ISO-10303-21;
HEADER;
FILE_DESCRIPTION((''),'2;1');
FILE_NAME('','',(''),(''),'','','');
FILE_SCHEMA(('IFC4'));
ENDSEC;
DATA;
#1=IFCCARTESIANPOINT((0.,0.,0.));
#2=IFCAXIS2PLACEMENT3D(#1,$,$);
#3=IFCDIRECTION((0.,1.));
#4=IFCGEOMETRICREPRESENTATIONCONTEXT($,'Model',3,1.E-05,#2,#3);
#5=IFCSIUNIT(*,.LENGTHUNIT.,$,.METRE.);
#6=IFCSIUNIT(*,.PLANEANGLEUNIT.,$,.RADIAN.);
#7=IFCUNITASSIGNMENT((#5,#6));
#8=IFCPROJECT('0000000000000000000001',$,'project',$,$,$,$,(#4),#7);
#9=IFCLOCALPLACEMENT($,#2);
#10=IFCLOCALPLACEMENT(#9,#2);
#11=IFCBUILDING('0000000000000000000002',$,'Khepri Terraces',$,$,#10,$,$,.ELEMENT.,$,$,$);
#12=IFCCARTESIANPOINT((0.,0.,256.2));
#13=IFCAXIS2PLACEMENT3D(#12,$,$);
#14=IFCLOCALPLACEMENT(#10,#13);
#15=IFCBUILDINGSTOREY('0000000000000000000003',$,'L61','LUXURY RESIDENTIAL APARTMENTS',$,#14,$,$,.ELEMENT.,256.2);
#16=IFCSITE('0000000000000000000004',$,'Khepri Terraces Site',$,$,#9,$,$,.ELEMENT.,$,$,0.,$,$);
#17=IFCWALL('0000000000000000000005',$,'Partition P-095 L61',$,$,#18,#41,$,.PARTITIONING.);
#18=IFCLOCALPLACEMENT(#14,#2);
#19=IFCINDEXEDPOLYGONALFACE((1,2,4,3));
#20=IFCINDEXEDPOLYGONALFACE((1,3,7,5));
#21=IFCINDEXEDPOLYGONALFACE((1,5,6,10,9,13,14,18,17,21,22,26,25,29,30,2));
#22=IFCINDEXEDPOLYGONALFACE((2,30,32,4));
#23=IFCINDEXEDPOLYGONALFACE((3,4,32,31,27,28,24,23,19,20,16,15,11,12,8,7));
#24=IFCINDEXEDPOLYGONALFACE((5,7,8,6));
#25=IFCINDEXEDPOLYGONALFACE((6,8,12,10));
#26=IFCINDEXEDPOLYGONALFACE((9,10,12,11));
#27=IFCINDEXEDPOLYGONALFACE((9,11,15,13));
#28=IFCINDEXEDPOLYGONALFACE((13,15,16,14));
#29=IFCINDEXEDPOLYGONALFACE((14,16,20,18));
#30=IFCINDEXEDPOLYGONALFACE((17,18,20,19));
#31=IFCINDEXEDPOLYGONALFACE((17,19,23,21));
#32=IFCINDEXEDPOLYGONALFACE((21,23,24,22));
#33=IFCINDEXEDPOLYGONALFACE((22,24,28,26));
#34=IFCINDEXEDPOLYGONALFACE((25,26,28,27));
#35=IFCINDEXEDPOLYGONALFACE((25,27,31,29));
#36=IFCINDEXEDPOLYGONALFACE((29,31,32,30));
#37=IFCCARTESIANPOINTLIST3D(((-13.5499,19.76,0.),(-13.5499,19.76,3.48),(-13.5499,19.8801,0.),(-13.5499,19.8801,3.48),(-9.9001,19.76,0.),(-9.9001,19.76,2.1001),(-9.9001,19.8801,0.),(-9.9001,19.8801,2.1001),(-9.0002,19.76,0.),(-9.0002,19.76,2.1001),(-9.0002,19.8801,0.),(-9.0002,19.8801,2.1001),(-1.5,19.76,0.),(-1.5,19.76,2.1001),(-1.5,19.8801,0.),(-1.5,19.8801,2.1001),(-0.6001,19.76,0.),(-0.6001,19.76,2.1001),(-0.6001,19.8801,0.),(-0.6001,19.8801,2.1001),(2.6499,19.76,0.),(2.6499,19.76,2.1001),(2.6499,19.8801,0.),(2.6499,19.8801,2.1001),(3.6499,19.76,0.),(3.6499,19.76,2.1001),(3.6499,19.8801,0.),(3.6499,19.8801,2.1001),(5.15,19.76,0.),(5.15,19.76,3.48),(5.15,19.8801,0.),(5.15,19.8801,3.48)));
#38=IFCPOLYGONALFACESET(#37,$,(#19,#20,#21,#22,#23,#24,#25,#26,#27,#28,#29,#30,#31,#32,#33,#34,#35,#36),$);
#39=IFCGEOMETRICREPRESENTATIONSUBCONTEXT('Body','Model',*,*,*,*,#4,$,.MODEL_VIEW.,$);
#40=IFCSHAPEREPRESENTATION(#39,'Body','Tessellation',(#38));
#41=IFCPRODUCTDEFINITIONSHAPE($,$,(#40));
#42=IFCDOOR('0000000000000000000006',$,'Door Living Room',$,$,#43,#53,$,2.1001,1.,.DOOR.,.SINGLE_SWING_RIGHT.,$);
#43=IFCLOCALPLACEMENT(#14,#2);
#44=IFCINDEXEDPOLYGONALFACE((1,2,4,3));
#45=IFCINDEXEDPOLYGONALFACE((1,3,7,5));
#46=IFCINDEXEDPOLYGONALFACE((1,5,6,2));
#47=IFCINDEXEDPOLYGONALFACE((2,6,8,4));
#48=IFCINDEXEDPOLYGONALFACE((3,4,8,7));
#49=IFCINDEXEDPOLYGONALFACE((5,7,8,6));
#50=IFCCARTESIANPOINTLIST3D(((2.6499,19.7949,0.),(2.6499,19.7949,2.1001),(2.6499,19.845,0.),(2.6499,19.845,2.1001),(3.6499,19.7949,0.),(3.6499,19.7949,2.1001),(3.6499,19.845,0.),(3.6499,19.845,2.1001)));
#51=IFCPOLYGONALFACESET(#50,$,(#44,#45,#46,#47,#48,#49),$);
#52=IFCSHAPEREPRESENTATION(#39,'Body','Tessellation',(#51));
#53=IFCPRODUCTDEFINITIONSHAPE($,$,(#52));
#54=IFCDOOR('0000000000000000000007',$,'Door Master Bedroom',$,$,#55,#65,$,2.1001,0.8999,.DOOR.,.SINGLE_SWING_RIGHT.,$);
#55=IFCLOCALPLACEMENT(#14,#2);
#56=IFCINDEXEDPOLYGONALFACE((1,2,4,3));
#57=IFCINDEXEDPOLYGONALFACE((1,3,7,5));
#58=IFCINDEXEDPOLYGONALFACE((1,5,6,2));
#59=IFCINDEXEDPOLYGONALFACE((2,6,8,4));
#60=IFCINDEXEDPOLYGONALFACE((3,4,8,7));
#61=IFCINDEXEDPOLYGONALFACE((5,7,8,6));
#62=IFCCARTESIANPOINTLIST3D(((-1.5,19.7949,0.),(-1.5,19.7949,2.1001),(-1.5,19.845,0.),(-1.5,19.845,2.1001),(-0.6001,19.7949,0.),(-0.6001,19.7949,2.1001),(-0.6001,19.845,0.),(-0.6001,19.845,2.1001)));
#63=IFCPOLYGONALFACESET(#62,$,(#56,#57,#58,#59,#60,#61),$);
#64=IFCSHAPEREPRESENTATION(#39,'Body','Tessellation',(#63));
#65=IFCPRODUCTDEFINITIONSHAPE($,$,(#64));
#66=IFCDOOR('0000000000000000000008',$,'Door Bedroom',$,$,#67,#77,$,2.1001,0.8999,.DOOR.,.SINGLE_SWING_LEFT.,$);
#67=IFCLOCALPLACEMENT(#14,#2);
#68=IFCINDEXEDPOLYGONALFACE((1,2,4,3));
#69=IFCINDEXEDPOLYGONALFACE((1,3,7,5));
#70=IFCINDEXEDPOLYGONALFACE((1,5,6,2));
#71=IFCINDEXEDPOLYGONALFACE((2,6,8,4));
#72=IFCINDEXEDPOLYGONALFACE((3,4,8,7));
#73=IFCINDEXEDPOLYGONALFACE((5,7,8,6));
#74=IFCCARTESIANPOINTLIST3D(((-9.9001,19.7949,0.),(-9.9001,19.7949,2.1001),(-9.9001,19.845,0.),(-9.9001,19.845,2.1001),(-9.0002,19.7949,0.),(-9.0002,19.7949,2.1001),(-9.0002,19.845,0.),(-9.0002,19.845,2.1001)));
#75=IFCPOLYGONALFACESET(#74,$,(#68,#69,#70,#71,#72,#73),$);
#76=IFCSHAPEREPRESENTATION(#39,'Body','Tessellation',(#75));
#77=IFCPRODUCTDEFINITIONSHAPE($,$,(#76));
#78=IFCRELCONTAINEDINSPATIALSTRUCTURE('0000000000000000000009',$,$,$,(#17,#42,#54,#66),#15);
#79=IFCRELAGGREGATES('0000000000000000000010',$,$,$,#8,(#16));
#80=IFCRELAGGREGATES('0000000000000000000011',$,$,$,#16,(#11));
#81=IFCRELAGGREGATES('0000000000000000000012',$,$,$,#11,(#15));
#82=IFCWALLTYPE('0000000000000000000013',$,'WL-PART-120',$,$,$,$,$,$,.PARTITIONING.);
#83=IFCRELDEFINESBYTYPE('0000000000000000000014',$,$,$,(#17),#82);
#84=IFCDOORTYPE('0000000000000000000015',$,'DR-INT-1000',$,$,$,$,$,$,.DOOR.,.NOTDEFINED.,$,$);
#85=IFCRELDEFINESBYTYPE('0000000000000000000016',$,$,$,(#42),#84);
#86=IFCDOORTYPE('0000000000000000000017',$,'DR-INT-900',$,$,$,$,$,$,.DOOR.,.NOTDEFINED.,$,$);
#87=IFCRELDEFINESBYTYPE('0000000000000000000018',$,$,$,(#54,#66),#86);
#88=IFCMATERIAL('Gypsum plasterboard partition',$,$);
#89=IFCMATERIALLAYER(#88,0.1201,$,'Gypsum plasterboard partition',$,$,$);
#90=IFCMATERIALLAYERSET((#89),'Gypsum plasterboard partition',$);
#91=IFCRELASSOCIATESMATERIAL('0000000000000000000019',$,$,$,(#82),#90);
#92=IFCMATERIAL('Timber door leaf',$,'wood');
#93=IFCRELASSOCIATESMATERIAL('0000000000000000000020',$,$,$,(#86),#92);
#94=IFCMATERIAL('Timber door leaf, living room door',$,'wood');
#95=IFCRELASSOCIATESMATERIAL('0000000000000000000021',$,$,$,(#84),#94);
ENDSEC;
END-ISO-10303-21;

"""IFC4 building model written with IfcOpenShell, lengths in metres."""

from ifc_helpers import new_model, si_unit, direction, frame, frame_2d, origin, place, context, subcontext, project, spatial, rectangle, extrude, material, layer, layer_set, type_object, element, fill, save


model = new_model("IFC4")

# Units and contexts
model_context = context("Model", 3, precision=1e-05, world=origin(), true_north=direction((0.0, 1.0)))
body_context = subcontext(model_context, "Body", "Model", "MODEL_VIEW")
ifc_project = project(units=[si_unit("LENGTHUNIT", "METRE"), si_unit("PLANEANGLEUNIT", "RADIAN")], contexts=[model_context])

# Site, building, storey
site_placement = place(None, origin())
site = spatial("IfcSite", under=ifc_project, at=site_placement, Name="Khepri Terraces Site", CompositionType="ELEMENT", RefElevation=0.0)
building_placement = place(site_placement, origin())
building = spatial("IfcBuilding", under=site, at=building_placement, Name="Khepri Terraces", CompositionType="ELEMENT")
storey_placement = place(building_placement, frame((0.0, 0.0, 256.2)))
storey = spatial("IfcBuildingStorey", under=building, at=storey_placement, Name="L61", Description="LUXURY RESIDENTIAL APARTMENTS", CompositionType="ELEMENT", Elevation=256.2)

# Wall, openings, doors
ifc_material_1 = material(Name="Gypsum plasterboard partition")
ifc_layer_1 = layer(ifc_material_1, 0.1201, Name="Gypsum plasterboard partition")
ifc_layer_set_1 = layer_set([ifc_layer_1], Name="Gypsum plasterboard partition")
wall_type_1 = type_object("IfcWallType", Name="WL-PART-120", PredefinedType="PARTITIONING", material=ifc_layer_set_1)
ifc_material_2 = material(Name="Timber door leaf", Category="wood")
door_type_1 = type_object("IfcDoorType", Name="DR-INT-900", OperationType="NOTDEFINED", PredefinedType="DOOR", material=ifc_material_2)
wall_1_placement = place(storey_placement, frame((-13.55, 19.8201, 0.0), z_axis=(0.0, 0.0, 1.0), x_axis=(1.0, 0.0, 0.0)))
wall_1 = element("IfcWall", 1, at=wall_1_placement, inside=storey, type_object=wall_type_1, Name="Partition P-095 L61", PredefinedType="PARTITIONING", context=body_context, shape_type="SweptSolid", body=[
    extrude(rectangle(XDim=18.7, YDim=0.1201, at=frame_2d((9.3501, 0.0))), origin(), (0.0, 0.0, 1.0), 3.48),
])
opening_1_placement = place(wall_1_placement, frame((16.2, 0.0, 0.0)))
opening_1 = element("IfcOpeningElement", 2, at=opening_1_placement, cuts=wall_1, PredefinedType="OPENING", context=body_context, shape_type="SweptSolid", body=[
    extrude(rectangle(XDim=1.0, YDim=2.1001, at=frame_2d((0.5, 1.05))), frame((0.0, 0.0701, 0.0), z_axis=(0.0, -1.0, 0.0), x_axis=(1.0, 0.0, 0.0)), (0.0, 0.0, 1.0), 0.1401),
])
opening_2_placement = place(wall_1_placement, frame((12.05, 0.0, 0.0)))
opening_2 = element("IfcOpeningElement", 3, at=opening_2_placement, cuts=wall_1, PredefinedType="OPENING", context=body_context, shape_type="SweptSolid", body=[
    extrude(rectangle(XDim=0.8999, YDim=2.1001, at=frame_2d((0.45, 1.05))), frame((0.0, 0.0701, 0.0), z_axis=(0.0, -1.0, 0.0), x_axis=(1.0, 0.0, 0.0)), (0.0, 0.0, 1.0), 0.1401),
])
opening_3_placement = place(wall_1_placement, frame((3.6499, 0.0, 0.0)))
opening_3 = element("IfcOpeningElement", 4, at=opening_3_placement, cuts=wall_1, PredefinedType="OPENING", context=body_context, shape_type="SweptSolid", body=[
    extrude(rectangle(XDim=0.8999, YDim=2.1001, at=frame_2d((0.45, 1.05))), frame((0.0, 0.0701, 0.0), z_axis=(0.0, -1.0, 0.0), x_axis=(1.0, 0.0, 0.0)), (0.0, 0.0, 1.0), 0.1401),
])
ifc_material_3 = material(Name="Timber door leaf, living room door", Category="wood")
door_type_2 = type_object("IfcDoorType", Name="DR-INT-1000", OperationType="NOTDEFINED", PredefinedType="DOOR", material=ifc_material_3)
door_1_placement = place(opening_1_placement, origin())
door_1 = element("IfcDoor", 5, at=door_1_placement, inside=storey, type_object=door_type_2, Name="Door Living Room", OperationType="SINGLE_SWING_RIGHT", OverallHeight=2.1001, OverallWidth=1.0, PredefinedType="DOOR", context=body_context, shape_type="SweptSolid", body=[
    extrude(rectangle(XDim=1.0, YDim=2.1001, at=frame_2d((0.5, 1.05))), frame((0.0, 0.0249, 0.0), z_axis=(0.0, -1.0, 0.0), x_axis=(1.0, 0.0, 0.0)), (0.0, 0.0, 1.0), 0.05),
])
fill(opening_1, door_1)
door_2_placement = place(opening_2_placement, origin())
door_2 = element("IfcDoor", 6, at=door_2_placement, inside=storey, type_object=door_type_1, Name="Door Master Bedroom", OperationType="SINGLE_SWING_RIGHT", OverallHeight=2.1001, OverallWidth=0.8999, PredefinedType="DOOR", context=body_context, shape_type="SweptSolid", body=[
    extrude(rectangle(XDim=0.8999, YDim=2.1001, at=frame_2d((0.45, 1.05))), frame((0.0, 0.0249, 0.0), z_axis=(0.0, -1.0, 0.0), x_axis=(1.0, 0.0, 0.0)), (0.0, 0.0, 1.0), 0.05),
])
fill(opening_2, door_2)
door_3_placement = place(opening_3_placement, origin())
door_3 = element("IfcDoor", 7, at=door_3_placement, inside=storey, type_object=door_type_1, Name="Door Bedroom", OperationType="SINGLE_SWING_LEFT", OverallHeight=2.1001, OverallWidth=0.8999, PredefinedType="DOOR", context=body_context, shape_type="SweptSolid", body=[
    extrude(rectangle(XDim=0.8999, YDim=2.1001, at=frame_2d((0.45, 1.05))), frame((0.0, 0.0249, 0.0), z_axis=(0.0, -1.0, 0.0), x_axis=(1.0, 0.0, 0.0)), (0.0, 0.0, 1.0), 0.05),
])
fill(opening_3, door_3)

save(model, "model.ifc")
